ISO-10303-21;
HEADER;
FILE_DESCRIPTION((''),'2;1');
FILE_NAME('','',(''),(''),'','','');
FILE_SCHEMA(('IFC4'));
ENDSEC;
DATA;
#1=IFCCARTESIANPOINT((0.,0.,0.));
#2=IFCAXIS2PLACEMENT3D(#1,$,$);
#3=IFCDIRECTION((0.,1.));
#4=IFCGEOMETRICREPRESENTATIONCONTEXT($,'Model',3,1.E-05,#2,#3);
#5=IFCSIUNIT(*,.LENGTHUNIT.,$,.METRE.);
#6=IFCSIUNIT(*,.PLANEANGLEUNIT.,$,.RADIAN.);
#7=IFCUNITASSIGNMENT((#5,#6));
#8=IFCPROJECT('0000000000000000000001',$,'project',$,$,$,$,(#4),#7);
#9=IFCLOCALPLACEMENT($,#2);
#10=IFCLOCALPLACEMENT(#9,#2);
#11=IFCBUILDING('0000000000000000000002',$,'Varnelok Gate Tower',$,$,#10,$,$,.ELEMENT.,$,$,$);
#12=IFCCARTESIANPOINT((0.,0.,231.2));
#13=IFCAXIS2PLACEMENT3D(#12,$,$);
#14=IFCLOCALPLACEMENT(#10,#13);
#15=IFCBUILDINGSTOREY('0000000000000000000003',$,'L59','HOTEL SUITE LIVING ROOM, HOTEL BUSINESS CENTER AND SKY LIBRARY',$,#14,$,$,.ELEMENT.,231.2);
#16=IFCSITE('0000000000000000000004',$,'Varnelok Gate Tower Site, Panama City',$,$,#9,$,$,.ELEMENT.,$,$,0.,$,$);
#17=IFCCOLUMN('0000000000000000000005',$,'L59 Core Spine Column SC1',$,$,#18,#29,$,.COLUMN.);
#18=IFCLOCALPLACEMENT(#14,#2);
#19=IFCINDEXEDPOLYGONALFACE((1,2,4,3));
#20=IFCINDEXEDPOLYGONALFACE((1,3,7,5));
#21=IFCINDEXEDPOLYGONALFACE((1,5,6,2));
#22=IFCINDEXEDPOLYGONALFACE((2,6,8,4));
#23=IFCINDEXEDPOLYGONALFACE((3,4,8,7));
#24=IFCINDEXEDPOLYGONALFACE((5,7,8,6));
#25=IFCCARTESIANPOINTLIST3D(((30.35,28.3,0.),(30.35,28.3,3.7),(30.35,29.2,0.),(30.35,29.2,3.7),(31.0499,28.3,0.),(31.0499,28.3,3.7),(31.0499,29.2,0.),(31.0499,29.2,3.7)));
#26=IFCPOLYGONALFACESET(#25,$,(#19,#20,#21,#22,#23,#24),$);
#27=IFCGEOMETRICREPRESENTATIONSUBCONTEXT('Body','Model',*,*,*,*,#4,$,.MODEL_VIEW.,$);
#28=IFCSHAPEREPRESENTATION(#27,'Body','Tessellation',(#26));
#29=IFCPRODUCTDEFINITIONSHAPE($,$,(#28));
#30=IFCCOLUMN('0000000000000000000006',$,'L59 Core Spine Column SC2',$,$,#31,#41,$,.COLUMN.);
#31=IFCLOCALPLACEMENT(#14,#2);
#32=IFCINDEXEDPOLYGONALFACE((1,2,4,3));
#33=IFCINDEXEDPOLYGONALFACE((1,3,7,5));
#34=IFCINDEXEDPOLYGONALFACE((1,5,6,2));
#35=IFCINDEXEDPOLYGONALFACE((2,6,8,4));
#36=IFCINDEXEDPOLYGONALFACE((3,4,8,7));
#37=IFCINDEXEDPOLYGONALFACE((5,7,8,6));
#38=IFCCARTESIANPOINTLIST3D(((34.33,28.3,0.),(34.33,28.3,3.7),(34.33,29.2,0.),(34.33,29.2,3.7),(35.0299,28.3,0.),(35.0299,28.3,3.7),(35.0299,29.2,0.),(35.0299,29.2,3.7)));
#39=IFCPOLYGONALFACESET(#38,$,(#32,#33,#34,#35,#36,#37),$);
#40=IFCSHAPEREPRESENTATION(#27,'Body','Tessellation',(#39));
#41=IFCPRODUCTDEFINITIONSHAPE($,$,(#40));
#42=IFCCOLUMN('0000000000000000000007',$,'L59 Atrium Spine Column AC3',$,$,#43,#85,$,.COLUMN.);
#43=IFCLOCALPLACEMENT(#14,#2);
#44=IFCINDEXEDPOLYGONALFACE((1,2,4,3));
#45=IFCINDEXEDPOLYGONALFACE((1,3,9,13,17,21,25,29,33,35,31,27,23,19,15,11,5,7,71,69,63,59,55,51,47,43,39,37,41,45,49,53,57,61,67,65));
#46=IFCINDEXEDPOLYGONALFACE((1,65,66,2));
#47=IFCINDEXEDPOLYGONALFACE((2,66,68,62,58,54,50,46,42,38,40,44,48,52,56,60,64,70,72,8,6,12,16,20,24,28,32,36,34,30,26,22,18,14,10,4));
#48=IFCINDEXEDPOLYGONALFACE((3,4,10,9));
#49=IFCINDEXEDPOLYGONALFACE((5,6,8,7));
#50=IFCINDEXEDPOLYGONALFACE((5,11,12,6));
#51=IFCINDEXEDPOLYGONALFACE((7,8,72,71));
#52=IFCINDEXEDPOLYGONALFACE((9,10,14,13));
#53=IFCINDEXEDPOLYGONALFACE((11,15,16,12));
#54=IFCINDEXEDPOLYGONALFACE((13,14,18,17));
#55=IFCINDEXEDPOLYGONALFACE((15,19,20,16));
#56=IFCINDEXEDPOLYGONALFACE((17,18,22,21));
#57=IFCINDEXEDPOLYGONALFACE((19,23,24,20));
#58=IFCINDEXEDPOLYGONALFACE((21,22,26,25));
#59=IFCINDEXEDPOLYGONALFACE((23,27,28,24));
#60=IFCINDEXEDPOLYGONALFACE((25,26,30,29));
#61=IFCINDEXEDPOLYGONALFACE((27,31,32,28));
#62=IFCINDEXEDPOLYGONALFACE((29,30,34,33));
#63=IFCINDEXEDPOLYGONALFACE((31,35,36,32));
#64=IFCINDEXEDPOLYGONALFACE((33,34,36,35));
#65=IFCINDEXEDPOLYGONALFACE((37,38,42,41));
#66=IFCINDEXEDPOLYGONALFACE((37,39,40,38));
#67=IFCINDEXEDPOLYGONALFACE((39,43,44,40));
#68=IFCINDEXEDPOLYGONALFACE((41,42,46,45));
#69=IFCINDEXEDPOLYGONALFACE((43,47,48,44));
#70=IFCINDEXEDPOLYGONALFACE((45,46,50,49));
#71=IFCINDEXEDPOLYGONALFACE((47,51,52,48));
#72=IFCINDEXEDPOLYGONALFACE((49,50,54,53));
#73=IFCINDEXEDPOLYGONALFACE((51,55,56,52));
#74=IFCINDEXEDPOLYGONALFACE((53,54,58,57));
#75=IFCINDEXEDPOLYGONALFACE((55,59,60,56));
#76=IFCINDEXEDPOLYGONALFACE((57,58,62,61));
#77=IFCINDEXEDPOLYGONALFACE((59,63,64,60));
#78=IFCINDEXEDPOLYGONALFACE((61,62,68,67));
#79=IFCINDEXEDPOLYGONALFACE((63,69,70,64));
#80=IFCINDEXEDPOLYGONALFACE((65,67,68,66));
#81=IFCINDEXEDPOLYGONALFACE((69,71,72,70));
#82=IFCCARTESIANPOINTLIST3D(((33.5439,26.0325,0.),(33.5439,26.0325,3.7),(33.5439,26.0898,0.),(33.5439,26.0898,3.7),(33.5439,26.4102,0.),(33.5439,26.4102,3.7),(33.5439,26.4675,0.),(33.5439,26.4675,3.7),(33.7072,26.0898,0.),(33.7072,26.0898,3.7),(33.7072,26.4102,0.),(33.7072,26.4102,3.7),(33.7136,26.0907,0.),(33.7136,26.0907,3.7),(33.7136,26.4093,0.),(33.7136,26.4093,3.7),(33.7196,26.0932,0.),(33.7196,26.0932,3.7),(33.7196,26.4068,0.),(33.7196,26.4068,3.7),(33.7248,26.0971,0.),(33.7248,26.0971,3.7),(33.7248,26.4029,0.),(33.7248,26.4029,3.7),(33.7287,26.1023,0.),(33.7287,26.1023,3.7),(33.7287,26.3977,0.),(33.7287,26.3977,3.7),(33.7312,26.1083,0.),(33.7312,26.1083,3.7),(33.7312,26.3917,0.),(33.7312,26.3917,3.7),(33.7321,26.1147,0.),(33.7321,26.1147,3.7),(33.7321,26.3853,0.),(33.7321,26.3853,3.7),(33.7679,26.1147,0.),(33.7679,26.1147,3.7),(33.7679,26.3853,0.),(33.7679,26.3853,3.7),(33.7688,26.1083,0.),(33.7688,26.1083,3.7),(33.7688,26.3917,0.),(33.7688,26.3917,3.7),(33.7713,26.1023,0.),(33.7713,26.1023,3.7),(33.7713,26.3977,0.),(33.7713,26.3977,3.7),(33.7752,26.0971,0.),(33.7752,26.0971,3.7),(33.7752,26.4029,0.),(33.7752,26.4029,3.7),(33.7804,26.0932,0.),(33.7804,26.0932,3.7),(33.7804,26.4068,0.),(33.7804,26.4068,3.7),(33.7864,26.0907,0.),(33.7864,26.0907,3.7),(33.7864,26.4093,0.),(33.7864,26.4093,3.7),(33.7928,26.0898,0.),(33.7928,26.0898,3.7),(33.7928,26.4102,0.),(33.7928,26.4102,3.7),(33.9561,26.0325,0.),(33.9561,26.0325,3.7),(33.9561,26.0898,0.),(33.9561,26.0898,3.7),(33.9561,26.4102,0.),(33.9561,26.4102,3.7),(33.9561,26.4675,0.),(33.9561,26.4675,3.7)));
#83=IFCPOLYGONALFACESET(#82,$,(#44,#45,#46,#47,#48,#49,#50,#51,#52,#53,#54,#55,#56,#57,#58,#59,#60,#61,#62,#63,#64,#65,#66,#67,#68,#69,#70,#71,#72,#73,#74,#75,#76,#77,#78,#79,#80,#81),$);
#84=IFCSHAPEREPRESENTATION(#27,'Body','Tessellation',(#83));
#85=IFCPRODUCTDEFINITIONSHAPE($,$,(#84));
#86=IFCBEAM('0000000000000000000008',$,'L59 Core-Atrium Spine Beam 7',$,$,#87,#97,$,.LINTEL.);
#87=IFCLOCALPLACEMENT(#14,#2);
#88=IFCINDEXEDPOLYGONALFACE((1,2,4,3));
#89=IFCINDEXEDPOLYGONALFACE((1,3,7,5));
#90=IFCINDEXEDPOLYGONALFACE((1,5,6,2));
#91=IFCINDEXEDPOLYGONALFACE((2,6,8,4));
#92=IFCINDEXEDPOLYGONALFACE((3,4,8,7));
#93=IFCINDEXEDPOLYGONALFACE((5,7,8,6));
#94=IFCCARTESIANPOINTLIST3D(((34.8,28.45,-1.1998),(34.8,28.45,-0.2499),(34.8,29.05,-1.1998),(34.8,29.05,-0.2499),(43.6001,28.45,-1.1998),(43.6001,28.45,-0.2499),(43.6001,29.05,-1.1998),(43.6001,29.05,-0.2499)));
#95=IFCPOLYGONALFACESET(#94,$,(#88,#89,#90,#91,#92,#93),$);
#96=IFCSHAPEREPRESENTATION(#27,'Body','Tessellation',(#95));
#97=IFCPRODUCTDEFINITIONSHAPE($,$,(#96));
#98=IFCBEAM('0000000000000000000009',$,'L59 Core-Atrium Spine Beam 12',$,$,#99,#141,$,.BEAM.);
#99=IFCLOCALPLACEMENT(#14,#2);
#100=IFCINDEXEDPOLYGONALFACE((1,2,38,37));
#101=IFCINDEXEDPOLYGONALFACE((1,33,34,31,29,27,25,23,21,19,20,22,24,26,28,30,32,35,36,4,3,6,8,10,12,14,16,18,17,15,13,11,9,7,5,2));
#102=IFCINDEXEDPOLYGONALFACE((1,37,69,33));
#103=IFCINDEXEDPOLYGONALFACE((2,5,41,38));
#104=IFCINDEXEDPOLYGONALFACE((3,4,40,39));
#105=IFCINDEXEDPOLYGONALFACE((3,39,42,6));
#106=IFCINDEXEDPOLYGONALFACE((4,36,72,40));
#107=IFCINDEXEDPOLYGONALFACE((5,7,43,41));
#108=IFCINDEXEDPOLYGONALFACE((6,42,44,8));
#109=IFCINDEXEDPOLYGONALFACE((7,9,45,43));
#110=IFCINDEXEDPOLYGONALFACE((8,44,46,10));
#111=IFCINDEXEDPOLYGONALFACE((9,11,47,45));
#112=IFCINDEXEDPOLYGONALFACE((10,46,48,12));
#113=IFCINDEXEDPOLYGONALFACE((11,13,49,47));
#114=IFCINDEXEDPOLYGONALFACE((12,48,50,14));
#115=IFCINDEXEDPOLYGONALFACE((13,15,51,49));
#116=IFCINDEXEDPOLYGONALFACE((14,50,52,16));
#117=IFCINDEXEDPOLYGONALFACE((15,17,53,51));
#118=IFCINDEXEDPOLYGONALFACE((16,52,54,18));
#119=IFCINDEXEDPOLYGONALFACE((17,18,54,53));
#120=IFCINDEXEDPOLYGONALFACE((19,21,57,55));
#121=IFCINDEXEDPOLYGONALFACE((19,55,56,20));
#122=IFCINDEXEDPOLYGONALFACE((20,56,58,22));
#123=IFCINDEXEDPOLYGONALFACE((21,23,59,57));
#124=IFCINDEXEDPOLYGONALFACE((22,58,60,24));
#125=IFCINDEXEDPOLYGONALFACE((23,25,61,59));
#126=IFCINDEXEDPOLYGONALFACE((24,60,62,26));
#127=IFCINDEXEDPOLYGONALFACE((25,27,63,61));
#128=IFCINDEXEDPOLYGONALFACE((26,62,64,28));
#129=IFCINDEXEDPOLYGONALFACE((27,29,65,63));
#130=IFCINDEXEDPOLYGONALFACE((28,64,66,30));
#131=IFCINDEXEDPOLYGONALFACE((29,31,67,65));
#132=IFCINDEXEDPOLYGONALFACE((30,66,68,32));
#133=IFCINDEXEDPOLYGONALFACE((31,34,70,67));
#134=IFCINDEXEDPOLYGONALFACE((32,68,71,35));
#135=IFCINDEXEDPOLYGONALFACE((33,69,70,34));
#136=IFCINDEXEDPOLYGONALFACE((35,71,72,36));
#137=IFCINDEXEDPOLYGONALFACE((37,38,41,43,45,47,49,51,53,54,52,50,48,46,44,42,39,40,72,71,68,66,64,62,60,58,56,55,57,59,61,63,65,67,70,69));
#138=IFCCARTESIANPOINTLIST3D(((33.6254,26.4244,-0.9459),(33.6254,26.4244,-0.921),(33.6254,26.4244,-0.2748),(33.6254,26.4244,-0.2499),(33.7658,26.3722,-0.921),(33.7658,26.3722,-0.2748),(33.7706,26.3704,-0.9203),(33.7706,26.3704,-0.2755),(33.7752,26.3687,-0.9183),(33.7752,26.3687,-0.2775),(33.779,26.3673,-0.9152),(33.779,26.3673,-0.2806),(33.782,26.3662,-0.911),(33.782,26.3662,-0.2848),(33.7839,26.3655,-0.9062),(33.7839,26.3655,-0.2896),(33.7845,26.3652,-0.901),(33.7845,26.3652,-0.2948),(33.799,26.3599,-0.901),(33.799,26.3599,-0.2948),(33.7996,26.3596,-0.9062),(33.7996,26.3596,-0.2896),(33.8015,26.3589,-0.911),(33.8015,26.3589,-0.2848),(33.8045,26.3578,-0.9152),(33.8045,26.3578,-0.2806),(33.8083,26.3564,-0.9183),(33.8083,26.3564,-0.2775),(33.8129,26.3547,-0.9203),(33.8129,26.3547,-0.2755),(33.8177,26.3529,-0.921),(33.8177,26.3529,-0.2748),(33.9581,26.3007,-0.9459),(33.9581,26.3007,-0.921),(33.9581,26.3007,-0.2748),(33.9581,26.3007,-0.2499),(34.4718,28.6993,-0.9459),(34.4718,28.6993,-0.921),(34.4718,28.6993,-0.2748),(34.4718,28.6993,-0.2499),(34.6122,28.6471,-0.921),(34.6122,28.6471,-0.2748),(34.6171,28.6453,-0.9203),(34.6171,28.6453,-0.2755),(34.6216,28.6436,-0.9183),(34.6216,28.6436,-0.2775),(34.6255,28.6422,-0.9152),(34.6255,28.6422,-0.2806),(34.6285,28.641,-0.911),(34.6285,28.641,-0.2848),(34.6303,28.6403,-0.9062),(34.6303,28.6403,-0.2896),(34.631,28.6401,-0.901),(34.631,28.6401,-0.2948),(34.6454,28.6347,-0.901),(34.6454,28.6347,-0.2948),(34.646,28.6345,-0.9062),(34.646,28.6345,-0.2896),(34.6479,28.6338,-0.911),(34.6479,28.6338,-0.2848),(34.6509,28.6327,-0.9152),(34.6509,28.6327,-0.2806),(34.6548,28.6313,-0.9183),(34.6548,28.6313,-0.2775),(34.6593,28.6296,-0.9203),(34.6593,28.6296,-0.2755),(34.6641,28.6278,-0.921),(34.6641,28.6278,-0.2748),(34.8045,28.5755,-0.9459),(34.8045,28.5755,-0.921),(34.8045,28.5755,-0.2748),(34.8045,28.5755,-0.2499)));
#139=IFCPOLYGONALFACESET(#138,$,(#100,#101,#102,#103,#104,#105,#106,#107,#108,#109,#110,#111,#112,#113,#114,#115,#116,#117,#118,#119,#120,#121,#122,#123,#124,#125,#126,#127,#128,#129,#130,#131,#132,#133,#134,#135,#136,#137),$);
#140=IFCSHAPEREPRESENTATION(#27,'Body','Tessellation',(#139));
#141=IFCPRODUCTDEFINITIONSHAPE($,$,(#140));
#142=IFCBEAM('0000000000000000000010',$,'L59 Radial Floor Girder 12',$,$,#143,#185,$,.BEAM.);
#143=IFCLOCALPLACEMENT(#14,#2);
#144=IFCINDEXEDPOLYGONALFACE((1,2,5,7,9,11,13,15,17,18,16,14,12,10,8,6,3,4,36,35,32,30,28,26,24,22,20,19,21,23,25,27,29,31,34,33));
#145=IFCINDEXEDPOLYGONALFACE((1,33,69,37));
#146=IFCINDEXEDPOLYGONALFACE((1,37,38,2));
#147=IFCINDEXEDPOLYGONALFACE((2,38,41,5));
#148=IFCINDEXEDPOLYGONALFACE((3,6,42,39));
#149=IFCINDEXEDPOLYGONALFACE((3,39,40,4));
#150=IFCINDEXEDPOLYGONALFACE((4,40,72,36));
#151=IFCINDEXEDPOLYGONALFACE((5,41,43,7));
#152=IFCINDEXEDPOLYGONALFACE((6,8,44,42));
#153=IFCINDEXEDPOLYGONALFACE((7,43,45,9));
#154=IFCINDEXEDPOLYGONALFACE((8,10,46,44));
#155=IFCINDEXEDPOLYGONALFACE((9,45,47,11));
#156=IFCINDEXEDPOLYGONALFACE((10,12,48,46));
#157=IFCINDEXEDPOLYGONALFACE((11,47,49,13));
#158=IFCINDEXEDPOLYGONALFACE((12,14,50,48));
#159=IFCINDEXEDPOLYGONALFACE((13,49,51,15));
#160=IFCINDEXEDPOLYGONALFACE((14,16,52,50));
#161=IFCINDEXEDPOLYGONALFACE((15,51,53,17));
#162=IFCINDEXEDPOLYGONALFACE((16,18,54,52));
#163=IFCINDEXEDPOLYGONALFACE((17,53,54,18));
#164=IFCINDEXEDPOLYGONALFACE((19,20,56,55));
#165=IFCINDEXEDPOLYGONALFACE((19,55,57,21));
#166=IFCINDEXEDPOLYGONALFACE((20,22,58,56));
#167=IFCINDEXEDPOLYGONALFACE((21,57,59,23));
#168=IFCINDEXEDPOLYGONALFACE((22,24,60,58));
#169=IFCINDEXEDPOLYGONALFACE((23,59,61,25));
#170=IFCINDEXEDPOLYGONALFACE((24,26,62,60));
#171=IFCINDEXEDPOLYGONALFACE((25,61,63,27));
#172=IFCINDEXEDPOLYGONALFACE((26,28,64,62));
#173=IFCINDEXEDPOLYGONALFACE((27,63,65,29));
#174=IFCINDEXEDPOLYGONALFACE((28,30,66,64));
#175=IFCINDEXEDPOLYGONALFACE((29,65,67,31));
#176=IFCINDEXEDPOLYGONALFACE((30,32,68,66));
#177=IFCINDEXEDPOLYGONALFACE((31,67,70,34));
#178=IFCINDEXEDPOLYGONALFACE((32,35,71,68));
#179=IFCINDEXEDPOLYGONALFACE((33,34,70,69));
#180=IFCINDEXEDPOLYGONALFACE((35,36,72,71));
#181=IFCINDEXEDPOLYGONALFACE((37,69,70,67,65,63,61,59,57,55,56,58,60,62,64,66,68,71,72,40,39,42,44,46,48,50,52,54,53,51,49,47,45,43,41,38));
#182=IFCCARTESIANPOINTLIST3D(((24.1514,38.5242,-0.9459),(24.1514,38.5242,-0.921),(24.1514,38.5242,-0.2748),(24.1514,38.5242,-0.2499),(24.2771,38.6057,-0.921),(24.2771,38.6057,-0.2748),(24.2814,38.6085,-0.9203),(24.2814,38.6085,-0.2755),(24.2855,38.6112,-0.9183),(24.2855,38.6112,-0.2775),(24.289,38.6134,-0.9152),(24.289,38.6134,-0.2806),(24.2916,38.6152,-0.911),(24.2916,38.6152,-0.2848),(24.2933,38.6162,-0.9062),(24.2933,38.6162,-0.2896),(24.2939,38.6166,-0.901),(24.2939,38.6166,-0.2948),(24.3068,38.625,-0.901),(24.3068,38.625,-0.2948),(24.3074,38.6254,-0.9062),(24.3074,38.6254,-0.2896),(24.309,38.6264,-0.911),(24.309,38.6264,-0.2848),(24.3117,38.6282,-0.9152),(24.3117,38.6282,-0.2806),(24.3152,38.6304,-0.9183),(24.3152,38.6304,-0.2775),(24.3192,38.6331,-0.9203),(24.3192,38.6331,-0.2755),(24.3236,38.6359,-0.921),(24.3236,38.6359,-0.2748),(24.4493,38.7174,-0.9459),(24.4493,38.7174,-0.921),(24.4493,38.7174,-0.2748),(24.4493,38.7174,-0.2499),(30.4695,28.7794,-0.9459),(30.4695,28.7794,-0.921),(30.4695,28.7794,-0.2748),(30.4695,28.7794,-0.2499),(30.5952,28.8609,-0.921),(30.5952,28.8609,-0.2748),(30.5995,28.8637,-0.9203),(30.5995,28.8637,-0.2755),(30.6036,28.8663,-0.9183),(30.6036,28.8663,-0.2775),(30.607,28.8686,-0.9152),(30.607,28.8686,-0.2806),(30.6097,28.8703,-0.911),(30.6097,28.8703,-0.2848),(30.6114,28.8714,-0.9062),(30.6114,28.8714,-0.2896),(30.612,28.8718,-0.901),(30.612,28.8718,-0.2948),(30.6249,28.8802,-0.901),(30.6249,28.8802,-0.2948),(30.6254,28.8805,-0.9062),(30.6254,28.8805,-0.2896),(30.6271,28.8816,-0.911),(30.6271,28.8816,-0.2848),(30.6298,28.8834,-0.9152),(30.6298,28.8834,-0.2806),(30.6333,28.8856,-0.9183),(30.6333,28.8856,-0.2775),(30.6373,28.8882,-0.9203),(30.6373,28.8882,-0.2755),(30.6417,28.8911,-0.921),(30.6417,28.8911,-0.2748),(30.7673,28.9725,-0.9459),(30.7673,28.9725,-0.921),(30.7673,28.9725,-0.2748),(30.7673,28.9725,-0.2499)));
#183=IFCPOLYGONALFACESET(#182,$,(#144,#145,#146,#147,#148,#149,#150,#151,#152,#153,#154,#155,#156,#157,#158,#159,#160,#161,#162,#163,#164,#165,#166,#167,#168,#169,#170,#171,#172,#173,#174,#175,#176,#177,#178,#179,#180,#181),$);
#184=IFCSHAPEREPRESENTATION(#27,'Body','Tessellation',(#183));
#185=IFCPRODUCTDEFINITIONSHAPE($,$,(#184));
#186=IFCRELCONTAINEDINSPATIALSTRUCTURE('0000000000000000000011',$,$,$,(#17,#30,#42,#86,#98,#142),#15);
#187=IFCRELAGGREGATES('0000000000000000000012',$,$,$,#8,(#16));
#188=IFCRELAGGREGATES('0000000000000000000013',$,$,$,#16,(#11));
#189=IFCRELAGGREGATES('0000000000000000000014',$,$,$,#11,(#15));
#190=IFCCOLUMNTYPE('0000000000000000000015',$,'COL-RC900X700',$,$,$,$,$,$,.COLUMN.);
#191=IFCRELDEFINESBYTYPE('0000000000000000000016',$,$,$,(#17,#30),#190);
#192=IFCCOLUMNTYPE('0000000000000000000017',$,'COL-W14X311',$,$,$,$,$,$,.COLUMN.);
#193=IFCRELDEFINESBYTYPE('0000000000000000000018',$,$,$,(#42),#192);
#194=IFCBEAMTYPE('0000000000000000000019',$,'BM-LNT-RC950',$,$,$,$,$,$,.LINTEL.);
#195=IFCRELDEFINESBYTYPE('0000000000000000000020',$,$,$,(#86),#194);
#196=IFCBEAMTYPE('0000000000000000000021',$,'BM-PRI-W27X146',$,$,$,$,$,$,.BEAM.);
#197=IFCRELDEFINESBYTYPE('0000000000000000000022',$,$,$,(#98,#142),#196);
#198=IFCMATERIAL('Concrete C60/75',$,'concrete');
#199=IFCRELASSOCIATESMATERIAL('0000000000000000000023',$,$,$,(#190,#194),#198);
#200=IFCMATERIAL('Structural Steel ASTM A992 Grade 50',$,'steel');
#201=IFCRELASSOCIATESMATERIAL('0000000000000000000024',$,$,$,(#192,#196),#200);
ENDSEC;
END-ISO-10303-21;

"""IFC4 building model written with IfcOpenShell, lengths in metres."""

from ifc_helpers import new_model, si_unit, direction, frame, origin, origin_2d, place, context, subcontext, project, spatial, rectangle, i_section, extrude, material, material_profile, profile_set, type_object, element, save


model = new_model("IFC4")

# Units and contexts
model_context = context("Model", 3, precision=1e-05, world=origin(), true_north=direction((0.0, 1.0)))
body_context = subcontext(model_context, "Body", "Model", "MODEL_VIEW")
ifc_project = project(units=[si_unit("LENGTHUNIT", "METRE"), si_unit("PLANEANGLEUNIT", "RADIAN")], contexts=[model_context])

# Site, building, storey
site_placement = place(None, origin())
site = spatial("IfcSite", under=ifc_project, at=site_placement, Name="Varnelok Gate Tower Site, Panama City", CompositionType="ELEMENT", RefElevation=0.0)
building_placement = place(site_placement, origin())
building = spatial("IfcBuilding", under=site, at=building_placement, Name="Varnelok Gate Tower", CompositionType="ELEMENT")
storey_placement = place(building_placement, frame((0.0, 0.0, 231.2)))
storey = spatial("IfcBuildingStorey", under=building, at=storey_placement, Name="L59", Description="HOTEL SUITE LIVING ROOM, HOTEL BUSINESS CENTER AND SKY LIBRARY", CompositionType="ELEMENT", Elevation=231.2)

# Columns
ifc_material_1 = material(Name="Concrete C60/75", Category="concrete")
ifc_material_profile_1 = material_profile(ifc_material_1, rectangle(XDim=0.7, YDim=0.8999, at=origin_2d()), Name="RC900X700")
ifc_profile_set_1 = profile_set([ifc_material_profile_1], Name="Concrete C60/75")
column_type_1 = type_object("IfcColumnType", Name="COL-RC900X700", PredefinedType="COLUMN", material=ifc_profile_set_1)
for number, where, z_axis, x_axis, name in (
    (1, (30.7, 28.75, 0.0), (0.0, 0.0, 1.0), (1.0, 0.0, 0.0), "L59 Core Spine Column SC1"),
    (2, (34.6799, 28.75, 0.0), (0.0, 0.0, 1.0), (1.0, 0.0, 0.0), "L59 Core Spine Column SC2"),
):
    element("IfcColumn", number, at=place(storey_placement, frame(where, z_axis=z_axis, x_axis=x_axis)), inside=storey, type_object=column_type_1, Name=name, PredefinedType="COLUMN", context=body_context, shape_type="SweptSolid", body=[
        extrude(rectangle(XDim=0.7, YDim=0.8999, at=origin_2d()), origin(), (0.0, 0.0, 1.0), 3.7),
    ])
ifc_material_2 = material(Name="Structural Steel ASTM A992 Grade 50", Category="steel")
ifc_material_profile_2 = material_profile(ifc_material_2, i_section(OverallWidth=0.4121, OverallDepth=0.4351, WebThickness=0.0359, FlangeThickness=0.0574, FilletRadius=0.0249, at=origin_2d()), Name="W14X311")
ifc_profile_set_2 = profile_set([ifc_material_profile_2], Name="Structural Steel ASTM A992 Grade 50")
column_type_2 = type_object("IfcColumnType", Name="COL-W14X311", PredefinedType="COLUMN", material=ifc_profile_set_2)
column_placement = place(storey_placement, frame((33.75, 26.25, 0.0), z_axis=(0.0, 0.0, 1.0), x_axis=(1.0, 0.0, 0.0)))
element("IfcColumn", 3, at=column_placement, inside=storey, type_object=column_type_2, Name="L59 Atrium Spine Column AC3", PredefinedType="COLUMN", context=body_context, shape_type="SweptSolid", body=[
    extrude(i_section(OverallWidth=0.4121, OverallDepth=0.4351, WebThickness=0.0359, FlangeThickness=0.0574, FilletRadius=0.0249, at=origin_2d()), origin(), (0.0, 0.0, 1.0), 3.7),
])

# Beams
ifc_material_profile_3 = material_profile(ifc_material_1, rectangle(XDim=0.6001, YDim=0.95, at=origin_2d()), Name="RC950X600")
ifc_profile_set_3 = profile_set([ifc_material_profile_3], Name="Concrete C60/75")
beam_type_1 = type_object("IfcBeamType", Name="BM-LNT-RC950", PredefinedType="LINTEL", material=ifc_profile_set_3)
beam_1_placement = place(storey_placement, frame((34.8, 28.75, -0.7249), z_axis=(1.0, 0.0, 0.0), x_axis=(0.0, 1.0, 0.0)))
element("IfcBeam", 4, at=beam_1_placement, inside=storey, type_object=beam_type_1, Name="L59 Core-Atrium Spine Beam 7", PredefinedType="LINTEL", context=body_context, shape_type="SweptSolid", body=[
    extrude(rectangle(XDim=0.6001, YDim=0.95, at=origin_2d()), origin(), (0.0, 0.0, 1.0), 8.8),
])
ifc_material_profile_4 = material_profile(ifc_material_2, i_section(OverallWidth=0.355, OverallDepth=0.696, WebThickness=0.0154, FlangeThickness=0.0249, FilletRadius=0.02, at=origin_2d()), Name="W27X146")
ifc_profile_set_4 = profile_set([ifc_material_profile_4], Name="Structural Steel ASTM A992 Grade 50")
beam_type_2 = type_object("IfcBeamType", Name="BM-PRI-W27X146", PredefinedType="BEAM", material=ifc_profile_set_4)
beam_2_placement = place(storey_placement, frame((33.7917, 26.3625, -0.5979), z_axis=(0.348719, 0.937227, 0.0), x_axis=(-0.937227, 0.348719, 0.0)))
element("IfcBeam", 5, at=beam_2_placement, inside=storey, type_object=beam_type_2, Name="L59 Core-Atrium Spine Beam 12", PredefinedType="BEAM", context=body_context, shape_type="SweptSolid", body=[
    extrude(i_section(OverallWidth=0.355, OverallDepth=0.696, WebThickness=0.0154, FlangeThickness=0.0249, FilletRadius=0.02, at=origin_2d()), origin(), (0.0, 0.0, 1.0), 2.4272),
])
beam_3_placement = place(storey_placement, frame((30.6184, 28.876, -0.5979), z_axis=(-0.544016, 0.839075, 0.0), x_axis=(-0.839075, -0.544016, 0.0)))
element("IfcBeam", 6, at=beam_3_placement, inside=storey, type_object=beam_type_2, Name="L59 Radial Floor Girder 12", PredefinedType="BEAM", context=body_context, shape_type="SweptSolid", body=[
    extrude(i_section(OverallWidth=0.355, OverallDepth=0.696, WebThickness=0.0154, FlangeThickness=0.0249, FilletRadius=0.02, at=origin_2d()), origin(), (0.0, 0.0, 1.0), 11.6138),
])

save(model, "model.ifc")
